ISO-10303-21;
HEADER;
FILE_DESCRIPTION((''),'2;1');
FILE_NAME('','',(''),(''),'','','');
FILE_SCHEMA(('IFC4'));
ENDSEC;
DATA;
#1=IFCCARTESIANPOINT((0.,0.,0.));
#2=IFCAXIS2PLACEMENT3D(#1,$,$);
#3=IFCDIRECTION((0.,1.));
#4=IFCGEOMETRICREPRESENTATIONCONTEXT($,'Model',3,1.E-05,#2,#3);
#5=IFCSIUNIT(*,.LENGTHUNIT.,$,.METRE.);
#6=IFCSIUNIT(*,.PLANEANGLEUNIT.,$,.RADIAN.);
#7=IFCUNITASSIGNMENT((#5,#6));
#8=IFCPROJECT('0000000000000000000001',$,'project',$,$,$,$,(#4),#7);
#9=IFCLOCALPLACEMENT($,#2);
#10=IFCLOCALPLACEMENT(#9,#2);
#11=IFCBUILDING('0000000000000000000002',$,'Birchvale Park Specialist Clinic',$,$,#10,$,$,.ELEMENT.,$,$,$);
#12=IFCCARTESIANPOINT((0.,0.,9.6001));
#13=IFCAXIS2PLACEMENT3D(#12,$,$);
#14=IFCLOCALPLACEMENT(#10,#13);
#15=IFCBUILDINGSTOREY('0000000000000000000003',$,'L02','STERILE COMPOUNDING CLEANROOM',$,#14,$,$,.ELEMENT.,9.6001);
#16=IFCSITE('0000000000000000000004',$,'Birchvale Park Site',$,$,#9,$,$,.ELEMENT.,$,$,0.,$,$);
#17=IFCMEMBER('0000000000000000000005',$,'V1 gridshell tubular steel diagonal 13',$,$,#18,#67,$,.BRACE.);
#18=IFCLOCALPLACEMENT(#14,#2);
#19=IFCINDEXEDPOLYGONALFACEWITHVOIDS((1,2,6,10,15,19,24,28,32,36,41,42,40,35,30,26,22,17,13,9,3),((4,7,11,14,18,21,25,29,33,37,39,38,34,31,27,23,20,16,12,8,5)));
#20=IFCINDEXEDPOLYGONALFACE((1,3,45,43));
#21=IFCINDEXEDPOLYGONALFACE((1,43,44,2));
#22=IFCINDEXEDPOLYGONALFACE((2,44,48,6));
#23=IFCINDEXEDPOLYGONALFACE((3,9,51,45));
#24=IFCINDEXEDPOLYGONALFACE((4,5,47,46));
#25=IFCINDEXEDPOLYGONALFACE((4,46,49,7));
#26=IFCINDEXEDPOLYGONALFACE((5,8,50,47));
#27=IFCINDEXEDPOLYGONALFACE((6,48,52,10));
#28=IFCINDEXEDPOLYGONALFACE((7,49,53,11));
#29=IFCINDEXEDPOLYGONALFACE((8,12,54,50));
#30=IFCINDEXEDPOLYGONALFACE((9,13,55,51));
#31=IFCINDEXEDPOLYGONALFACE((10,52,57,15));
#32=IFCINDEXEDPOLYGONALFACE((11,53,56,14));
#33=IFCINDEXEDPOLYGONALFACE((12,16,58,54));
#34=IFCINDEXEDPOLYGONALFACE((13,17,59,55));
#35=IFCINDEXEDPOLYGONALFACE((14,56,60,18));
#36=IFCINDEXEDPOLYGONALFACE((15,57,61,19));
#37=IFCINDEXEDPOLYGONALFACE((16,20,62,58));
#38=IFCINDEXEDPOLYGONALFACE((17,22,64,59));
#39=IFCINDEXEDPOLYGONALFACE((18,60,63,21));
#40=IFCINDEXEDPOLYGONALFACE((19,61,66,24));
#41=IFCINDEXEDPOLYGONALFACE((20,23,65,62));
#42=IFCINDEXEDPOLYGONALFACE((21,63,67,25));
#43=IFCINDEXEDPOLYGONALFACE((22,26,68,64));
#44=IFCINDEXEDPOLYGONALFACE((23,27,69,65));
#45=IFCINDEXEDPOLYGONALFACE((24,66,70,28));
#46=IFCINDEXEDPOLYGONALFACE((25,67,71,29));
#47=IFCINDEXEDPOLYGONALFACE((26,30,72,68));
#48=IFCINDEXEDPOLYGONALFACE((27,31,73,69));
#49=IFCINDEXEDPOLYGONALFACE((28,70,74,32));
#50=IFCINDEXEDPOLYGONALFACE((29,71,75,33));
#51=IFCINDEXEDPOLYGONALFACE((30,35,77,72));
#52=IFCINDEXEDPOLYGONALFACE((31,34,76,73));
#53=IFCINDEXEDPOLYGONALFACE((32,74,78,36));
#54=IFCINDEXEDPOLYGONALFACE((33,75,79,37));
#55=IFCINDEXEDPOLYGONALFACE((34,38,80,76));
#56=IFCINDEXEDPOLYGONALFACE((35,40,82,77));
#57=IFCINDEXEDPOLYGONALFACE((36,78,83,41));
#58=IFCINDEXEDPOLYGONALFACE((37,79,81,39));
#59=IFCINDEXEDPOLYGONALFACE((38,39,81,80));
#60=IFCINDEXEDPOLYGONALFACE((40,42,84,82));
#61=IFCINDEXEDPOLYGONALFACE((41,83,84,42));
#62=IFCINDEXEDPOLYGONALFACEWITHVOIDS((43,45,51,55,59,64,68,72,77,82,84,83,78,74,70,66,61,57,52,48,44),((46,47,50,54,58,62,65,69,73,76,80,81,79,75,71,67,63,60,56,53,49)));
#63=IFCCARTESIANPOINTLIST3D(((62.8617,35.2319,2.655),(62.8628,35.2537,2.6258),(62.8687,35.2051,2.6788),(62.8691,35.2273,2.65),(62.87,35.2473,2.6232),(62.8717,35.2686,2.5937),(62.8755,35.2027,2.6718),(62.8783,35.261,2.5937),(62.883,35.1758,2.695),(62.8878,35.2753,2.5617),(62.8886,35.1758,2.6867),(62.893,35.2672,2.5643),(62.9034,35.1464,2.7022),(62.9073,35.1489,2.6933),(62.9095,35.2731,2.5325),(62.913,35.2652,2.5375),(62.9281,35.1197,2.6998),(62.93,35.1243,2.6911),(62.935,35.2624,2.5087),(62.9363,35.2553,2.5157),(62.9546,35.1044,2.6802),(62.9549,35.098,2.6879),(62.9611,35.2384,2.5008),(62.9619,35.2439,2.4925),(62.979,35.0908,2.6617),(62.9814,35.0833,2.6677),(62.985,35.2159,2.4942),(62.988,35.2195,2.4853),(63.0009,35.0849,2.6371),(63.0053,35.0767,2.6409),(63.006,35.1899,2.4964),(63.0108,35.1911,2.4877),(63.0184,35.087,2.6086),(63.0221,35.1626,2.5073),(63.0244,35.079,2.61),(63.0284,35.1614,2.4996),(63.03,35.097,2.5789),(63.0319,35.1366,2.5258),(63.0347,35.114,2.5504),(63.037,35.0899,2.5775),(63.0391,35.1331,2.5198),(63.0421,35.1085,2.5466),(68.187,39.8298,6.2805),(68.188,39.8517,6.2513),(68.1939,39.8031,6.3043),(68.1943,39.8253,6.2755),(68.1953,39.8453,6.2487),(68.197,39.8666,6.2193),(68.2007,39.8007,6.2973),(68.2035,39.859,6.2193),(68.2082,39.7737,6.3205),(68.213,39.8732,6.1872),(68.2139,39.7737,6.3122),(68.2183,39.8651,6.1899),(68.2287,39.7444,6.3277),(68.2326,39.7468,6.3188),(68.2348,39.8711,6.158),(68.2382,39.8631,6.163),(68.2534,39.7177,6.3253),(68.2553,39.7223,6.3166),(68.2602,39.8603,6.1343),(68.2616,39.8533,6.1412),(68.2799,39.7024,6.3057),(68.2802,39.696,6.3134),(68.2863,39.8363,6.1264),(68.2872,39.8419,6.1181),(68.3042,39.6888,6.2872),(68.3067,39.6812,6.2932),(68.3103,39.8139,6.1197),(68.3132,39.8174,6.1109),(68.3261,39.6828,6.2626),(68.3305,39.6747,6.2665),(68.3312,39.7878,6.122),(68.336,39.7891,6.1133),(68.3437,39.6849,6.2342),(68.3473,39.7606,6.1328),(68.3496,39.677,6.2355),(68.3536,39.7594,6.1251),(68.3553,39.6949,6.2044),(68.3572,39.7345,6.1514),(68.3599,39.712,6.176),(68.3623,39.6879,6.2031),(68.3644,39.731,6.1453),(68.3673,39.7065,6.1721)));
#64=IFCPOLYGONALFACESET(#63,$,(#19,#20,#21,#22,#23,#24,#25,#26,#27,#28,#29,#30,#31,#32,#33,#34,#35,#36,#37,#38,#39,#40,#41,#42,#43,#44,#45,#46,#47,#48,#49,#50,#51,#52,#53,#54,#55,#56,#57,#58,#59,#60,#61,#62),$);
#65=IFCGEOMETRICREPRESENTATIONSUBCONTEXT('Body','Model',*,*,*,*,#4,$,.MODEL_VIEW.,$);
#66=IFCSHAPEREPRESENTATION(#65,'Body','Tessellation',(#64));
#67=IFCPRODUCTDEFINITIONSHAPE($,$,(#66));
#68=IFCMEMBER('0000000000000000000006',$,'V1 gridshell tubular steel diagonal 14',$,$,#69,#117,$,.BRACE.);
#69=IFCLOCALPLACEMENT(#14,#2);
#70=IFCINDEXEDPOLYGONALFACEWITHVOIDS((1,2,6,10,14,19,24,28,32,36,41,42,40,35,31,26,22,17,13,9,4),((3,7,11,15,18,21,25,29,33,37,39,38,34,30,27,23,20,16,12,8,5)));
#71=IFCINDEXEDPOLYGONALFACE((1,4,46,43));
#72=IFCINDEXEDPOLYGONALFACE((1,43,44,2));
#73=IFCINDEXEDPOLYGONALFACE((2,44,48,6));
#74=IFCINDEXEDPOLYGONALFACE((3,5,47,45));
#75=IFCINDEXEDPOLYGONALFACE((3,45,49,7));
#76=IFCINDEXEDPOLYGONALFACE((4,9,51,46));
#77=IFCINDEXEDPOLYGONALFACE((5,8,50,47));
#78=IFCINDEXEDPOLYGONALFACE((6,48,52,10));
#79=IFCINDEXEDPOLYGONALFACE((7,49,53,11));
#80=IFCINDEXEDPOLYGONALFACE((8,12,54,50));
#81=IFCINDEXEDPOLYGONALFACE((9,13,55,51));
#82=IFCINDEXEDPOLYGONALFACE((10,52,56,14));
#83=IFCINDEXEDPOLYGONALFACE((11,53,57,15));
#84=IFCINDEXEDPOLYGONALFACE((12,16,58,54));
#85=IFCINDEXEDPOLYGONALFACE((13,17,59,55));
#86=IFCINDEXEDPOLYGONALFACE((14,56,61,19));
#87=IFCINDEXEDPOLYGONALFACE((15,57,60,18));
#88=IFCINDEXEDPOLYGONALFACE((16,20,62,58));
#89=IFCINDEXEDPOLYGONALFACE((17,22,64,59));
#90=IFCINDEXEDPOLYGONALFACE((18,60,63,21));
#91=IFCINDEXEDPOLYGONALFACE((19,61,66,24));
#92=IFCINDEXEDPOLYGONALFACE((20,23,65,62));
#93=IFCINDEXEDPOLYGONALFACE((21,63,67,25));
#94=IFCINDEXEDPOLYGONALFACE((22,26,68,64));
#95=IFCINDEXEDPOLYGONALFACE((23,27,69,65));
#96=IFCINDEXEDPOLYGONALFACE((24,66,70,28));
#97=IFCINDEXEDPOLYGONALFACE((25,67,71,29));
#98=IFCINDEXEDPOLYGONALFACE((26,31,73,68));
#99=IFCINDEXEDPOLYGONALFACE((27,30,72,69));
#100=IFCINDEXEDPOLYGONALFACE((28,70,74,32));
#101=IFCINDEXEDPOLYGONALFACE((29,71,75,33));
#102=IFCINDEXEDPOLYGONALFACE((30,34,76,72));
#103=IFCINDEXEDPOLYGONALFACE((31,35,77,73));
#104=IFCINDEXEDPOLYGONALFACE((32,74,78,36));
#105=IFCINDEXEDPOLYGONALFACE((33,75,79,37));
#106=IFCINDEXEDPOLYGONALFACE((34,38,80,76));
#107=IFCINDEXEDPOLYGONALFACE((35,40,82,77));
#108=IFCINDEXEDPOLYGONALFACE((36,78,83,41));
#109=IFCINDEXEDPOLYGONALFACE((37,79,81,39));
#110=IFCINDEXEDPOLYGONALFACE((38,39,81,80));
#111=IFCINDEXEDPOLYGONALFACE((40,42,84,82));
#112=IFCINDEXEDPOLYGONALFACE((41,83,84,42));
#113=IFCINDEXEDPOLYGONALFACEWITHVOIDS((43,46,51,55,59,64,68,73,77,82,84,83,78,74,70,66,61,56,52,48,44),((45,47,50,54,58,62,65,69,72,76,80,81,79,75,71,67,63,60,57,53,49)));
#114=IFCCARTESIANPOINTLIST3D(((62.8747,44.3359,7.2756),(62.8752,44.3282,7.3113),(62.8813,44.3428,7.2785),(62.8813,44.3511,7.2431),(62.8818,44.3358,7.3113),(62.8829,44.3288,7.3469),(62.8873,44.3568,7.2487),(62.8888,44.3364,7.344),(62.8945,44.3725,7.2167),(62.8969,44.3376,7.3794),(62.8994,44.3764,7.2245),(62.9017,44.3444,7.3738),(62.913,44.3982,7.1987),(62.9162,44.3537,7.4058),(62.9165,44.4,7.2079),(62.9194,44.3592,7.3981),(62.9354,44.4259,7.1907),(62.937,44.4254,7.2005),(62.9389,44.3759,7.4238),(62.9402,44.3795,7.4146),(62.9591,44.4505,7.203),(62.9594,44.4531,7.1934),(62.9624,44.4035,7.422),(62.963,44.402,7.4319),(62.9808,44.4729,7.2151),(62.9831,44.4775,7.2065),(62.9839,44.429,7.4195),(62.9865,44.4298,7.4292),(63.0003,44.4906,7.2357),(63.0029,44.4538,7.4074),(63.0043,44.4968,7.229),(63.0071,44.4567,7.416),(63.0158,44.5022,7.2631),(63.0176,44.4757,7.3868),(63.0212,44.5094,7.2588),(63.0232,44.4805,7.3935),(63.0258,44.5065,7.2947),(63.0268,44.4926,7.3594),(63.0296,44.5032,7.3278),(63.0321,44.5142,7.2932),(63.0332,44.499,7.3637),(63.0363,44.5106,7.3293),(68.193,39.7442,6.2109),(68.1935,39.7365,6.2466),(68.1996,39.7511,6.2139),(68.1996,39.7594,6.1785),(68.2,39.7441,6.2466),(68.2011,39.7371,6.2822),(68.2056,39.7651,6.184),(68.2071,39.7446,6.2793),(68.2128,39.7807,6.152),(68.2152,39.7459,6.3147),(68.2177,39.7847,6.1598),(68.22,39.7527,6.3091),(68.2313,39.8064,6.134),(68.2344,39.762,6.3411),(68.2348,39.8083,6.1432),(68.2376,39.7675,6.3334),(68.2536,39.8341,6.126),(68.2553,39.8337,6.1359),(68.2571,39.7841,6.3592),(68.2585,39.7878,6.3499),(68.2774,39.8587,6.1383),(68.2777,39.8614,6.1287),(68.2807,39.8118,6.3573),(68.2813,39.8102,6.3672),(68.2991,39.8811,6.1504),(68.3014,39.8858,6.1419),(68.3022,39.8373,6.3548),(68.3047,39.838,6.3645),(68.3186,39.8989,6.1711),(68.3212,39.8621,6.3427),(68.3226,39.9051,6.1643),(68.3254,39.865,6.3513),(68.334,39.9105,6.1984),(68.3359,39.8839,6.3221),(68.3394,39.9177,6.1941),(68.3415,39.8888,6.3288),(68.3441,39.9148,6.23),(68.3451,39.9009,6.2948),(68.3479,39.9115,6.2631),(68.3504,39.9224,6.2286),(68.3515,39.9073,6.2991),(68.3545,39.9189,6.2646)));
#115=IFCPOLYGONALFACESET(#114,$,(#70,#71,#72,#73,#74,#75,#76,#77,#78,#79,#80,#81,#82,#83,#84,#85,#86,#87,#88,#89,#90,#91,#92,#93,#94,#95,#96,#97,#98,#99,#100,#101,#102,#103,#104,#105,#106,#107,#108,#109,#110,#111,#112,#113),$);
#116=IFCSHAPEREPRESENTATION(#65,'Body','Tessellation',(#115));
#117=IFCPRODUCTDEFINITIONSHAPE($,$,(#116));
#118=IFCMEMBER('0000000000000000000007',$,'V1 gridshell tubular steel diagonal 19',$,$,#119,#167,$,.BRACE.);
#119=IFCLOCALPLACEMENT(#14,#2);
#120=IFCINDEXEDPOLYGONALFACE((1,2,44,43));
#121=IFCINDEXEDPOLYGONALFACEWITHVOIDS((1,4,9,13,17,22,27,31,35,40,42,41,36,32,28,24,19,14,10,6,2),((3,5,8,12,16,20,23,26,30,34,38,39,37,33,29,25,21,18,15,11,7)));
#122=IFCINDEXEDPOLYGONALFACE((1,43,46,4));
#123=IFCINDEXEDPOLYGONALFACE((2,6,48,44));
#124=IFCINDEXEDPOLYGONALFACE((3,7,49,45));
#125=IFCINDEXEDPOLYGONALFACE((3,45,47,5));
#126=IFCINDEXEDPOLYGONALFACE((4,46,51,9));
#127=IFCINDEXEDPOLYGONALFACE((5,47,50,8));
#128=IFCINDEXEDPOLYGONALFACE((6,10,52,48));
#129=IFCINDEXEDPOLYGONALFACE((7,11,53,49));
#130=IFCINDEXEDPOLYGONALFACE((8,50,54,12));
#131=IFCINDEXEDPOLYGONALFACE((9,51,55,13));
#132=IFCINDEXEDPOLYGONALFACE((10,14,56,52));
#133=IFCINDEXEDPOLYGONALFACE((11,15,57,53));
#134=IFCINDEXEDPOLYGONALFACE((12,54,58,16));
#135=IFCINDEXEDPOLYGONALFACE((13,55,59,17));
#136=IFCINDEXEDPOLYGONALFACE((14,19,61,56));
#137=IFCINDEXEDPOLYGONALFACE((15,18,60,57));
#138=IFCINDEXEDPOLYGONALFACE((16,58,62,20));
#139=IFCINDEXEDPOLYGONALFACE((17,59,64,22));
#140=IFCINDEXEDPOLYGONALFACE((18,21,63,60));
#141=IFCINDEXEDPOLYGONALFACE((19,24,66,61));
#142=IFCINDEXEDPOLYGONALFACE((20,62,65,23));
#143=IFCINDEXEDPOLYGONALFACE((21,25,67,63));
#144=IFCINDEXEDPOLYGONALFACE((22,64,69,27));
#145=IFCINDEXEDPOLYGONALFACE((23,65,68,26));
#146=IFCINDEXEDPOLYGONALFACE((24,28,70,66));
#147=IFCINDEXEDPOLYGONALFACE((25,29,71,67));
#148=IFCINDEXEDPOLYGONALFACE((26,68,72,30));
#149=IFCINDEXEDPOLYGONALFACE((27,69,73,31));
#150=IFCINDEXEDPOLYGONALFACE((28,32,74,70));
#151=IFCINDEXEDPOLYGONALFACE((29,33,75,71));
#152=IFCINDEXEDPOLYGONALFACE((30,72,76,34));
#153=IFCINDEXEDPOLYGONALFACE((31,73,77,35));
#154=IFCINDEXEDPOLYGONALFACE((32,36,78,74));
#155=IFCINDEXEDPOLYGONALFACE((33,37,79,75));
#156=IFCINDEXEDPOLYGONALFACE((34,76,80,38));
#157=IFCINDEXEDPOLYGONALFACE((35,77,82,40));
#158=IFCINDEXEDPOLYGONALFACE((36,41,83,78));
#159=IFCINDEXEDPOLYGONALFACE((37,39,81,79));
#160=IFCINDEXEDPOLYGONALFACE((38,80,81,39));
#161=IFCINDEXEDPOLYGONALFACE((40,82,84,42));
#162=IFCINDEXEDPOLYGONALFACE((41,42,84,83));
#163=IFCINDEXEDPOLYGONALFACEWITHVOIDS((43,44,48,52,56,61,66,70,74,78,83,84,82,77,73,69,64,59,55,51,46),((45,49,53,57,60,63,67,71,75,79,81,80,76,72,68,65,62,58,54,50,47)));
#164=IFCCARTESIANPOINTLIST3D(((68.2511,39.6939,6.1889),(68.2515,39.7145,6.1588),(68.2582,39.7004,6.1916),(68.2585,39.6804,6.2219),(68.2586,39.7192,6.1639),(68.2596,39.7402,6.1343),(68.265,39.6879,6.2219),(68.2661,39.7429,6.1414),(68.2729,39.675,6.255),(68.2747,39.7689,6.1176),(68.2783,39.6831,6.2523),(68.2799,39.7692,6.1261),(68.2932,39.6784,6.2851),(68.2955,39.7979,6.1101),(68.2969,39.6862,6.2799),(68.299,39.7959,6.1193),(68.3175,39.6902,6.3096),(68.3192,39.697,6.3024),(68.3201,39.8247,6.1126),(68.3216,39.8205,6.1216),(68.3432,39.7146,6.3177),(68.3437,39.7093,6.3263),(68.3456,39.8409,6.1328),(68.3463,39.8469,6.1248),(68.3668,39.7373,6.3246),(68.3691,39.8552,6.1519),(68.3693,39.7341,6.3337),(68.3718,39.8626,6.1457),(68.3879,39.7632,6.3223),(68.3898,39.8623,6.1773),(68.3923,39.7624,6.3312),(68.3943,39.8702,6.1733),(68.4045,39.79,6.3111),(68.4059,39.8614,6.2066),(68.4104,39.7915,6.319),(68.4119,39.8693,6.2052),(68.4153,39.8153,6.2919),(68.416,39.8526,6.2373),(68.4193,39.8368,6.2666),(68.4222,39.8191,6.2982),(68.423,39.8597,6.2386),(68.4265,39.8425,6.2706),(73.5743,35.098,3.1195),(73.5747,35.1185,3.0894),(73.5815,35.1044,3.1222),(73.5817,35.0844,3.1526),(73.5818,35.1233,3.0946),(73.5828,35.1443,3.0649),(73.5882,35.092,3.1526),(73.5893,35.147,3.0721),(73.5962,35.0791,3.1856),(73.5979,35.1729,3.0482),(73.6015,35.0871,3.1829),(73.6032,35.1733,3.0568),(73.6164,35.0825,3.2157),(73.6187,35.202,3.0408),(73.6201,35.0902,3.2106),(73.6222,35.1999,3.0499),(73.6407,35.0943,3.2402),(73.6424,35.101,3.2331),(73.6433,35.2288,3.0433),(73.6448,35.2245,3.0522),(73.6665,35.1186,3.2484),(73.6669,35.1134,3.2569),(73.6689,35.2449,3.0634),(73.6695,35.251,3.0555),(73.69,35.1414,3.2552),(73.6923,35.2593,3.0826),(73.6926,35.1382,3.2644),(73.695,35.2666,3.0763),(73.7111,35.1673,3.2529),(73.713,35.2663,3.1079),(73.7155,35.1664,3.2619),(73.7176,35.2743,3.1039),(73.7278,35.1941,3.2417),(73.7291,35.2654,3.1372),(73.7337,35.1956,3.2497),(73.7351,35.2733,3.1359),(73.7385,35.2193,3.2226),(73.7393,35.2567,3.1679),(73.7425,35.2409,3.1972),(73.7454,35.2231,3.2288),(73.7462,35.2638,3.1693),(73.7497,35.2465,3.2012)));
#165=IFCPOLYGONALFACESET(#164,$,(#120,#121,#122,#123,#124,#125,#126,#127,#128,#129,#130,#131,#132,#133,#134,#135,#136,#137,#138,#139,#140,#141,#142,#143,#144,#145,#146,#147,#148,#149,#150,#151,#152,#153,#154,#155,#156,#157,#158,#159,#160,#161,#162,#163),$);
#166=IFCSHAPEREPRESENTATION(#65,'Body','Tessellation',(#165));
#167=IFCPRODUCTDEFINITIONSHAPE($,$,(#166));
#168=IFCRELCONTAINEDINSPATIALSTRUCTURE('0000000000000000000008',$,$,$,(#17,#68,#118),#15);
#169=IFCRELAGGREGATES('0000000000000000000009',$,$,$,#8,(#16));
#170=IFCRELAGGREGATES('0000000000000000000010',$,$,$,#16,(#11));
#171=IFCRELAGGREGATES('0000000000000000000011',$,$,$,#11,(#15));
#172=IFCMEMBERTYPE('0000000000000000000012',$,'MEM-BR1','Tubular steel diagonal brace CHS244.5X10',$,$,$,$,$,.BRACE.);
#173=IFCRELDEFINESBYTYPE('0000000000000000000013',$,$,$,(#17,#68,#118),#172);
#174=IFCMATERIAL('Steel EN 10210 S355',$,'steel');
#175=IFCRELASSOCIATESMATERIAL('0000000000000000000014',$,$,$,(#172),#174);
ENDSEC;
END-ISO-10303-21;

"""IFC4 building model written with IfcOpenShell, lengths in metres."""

from ifc_helpers import new_model, si_unit, direction, frame, origin, origin_2d, place, context, subcontext, project, spatial, hollow_circle, extrude, material, material_profile, profile_set, type_object, element, save


model = new_model("IFC4")

# Units and contexts
model_context = context("Model", 3, precision=1e-05, world=origin(), true_north=direction((0.0, 1.0)))
body_context = subcontext(model_context, "Body", "Model", "MODEL_VIEW")
ifc_project = project(units=[si_unit("LENGTHUNIT", "METRE"), si_unit("PLANEANGLEUNIT", "RADIAN")], contexts=[model_context])

# Site, building, storey
site_placement = place(None, origin())
site = spatial("IfcSite", under=ifc_project, at=site_placement, Name="Birchvale Park Site", CompositionType="ELEMENT", RefElevation=0.0)
building_placement = place(site_placement, origin())
building = spatial("IfcBuilding", under=site, at=building_placement, Name="Birchvale Park Specialist Clinic", CompositionType="ELEMENT")
storey_placement = place(building_placement, frame((0.0, 0.0, 9.6001)))
storey = spatial("IfcBuildingStorey", under=building, at=storey_placement, Name="L02", Description="STERILE COMPOUNDING CLEANROOM", CompositionType="ELEMENT", Elevation=9.6001)

# Members
ifc_material_1 = material(Name="Steel EN 10210 S355", Category="steel")
ifc_material_profile_1 = material_profile(ifc_material_1, hollow_circle(Radius=0.1223, WallThickness=0.01, at=origin_2d()), Name="CHS244.5X10")
ifc_profile_set_1 = profile_set([ifc_material_profile_1], Name="Steel EN 10210 S355")
member_type_1 = type_object("IfcMemberType", Name="MEM-BR1", Description="Tubular steel diagonal brace CHS244.5X10", PredefinedType="BRACE", material=ifc_profile_set_1)
member_1_placement = place(storey_placement, frame((62.9517, 35.176, 2.5938), z_axis=(0.672823, 0.580931, 0.45807), x_axis=(-0.653528, 0.756903, 0.0)))
element("IfcMember", 1, at=member_1_placement, inside=storey, type_object=member_type_1, Name="V1 gridshell tubular steel diagonal 13", PredefinedType="BRACE", context=body_context, shape_type="SweptSolid", body=[
    extrude(hollow_circle(Radius=0.1223, WallThickness=0.01, at=origin_2d()), origin(), (0.0, 0.0, 1.0), 7.9148),
])
member_2_placement = place(storey_placement, frame((68.2734, 39.8291, 6.2466), z_axis=(-0.748374, 0.646135, 0.149819), x_axis=(-0.653511, -0.756917, 0.0)))
element("IfcMember", 2, at=member_2_placement, inside=storey, type_object=member_type_1, Name="V1 gridshell tubular steel diagonal 14", PredefinedType="BRACE", context=body_context, shape_type="SweptSolid", body=[
    extrude(hollow_circle(Radius=0.1223, WallThickness=0.01, at=origin_2d()), origin(), (0.0, 0.0, 1.0), 7.1064),
])
member_3_placement = place(storey_placement, frame((73.6616, 35.177, 3.1526), z_axis=(-0.69373, 0.598948, 0.399999), x_axis=(-0.653506, -0.756921, 0.0)))
element("IfcMember", 3, at=member_3_placement, inside=storey, type_object=member_type_1, Name="V1 gridshell tubular steel diagonal 19", PredefinedType="BRACE", context=body_context, shape_type="SweptSolid", body=[
    extrude(hollow_circle(Radius=0.1223, WallThickness=0.01, at=origin_2d()), origin(), (0.0, 0.0, 1.0), 7.6733),
])

save(model, "model.ifc")
